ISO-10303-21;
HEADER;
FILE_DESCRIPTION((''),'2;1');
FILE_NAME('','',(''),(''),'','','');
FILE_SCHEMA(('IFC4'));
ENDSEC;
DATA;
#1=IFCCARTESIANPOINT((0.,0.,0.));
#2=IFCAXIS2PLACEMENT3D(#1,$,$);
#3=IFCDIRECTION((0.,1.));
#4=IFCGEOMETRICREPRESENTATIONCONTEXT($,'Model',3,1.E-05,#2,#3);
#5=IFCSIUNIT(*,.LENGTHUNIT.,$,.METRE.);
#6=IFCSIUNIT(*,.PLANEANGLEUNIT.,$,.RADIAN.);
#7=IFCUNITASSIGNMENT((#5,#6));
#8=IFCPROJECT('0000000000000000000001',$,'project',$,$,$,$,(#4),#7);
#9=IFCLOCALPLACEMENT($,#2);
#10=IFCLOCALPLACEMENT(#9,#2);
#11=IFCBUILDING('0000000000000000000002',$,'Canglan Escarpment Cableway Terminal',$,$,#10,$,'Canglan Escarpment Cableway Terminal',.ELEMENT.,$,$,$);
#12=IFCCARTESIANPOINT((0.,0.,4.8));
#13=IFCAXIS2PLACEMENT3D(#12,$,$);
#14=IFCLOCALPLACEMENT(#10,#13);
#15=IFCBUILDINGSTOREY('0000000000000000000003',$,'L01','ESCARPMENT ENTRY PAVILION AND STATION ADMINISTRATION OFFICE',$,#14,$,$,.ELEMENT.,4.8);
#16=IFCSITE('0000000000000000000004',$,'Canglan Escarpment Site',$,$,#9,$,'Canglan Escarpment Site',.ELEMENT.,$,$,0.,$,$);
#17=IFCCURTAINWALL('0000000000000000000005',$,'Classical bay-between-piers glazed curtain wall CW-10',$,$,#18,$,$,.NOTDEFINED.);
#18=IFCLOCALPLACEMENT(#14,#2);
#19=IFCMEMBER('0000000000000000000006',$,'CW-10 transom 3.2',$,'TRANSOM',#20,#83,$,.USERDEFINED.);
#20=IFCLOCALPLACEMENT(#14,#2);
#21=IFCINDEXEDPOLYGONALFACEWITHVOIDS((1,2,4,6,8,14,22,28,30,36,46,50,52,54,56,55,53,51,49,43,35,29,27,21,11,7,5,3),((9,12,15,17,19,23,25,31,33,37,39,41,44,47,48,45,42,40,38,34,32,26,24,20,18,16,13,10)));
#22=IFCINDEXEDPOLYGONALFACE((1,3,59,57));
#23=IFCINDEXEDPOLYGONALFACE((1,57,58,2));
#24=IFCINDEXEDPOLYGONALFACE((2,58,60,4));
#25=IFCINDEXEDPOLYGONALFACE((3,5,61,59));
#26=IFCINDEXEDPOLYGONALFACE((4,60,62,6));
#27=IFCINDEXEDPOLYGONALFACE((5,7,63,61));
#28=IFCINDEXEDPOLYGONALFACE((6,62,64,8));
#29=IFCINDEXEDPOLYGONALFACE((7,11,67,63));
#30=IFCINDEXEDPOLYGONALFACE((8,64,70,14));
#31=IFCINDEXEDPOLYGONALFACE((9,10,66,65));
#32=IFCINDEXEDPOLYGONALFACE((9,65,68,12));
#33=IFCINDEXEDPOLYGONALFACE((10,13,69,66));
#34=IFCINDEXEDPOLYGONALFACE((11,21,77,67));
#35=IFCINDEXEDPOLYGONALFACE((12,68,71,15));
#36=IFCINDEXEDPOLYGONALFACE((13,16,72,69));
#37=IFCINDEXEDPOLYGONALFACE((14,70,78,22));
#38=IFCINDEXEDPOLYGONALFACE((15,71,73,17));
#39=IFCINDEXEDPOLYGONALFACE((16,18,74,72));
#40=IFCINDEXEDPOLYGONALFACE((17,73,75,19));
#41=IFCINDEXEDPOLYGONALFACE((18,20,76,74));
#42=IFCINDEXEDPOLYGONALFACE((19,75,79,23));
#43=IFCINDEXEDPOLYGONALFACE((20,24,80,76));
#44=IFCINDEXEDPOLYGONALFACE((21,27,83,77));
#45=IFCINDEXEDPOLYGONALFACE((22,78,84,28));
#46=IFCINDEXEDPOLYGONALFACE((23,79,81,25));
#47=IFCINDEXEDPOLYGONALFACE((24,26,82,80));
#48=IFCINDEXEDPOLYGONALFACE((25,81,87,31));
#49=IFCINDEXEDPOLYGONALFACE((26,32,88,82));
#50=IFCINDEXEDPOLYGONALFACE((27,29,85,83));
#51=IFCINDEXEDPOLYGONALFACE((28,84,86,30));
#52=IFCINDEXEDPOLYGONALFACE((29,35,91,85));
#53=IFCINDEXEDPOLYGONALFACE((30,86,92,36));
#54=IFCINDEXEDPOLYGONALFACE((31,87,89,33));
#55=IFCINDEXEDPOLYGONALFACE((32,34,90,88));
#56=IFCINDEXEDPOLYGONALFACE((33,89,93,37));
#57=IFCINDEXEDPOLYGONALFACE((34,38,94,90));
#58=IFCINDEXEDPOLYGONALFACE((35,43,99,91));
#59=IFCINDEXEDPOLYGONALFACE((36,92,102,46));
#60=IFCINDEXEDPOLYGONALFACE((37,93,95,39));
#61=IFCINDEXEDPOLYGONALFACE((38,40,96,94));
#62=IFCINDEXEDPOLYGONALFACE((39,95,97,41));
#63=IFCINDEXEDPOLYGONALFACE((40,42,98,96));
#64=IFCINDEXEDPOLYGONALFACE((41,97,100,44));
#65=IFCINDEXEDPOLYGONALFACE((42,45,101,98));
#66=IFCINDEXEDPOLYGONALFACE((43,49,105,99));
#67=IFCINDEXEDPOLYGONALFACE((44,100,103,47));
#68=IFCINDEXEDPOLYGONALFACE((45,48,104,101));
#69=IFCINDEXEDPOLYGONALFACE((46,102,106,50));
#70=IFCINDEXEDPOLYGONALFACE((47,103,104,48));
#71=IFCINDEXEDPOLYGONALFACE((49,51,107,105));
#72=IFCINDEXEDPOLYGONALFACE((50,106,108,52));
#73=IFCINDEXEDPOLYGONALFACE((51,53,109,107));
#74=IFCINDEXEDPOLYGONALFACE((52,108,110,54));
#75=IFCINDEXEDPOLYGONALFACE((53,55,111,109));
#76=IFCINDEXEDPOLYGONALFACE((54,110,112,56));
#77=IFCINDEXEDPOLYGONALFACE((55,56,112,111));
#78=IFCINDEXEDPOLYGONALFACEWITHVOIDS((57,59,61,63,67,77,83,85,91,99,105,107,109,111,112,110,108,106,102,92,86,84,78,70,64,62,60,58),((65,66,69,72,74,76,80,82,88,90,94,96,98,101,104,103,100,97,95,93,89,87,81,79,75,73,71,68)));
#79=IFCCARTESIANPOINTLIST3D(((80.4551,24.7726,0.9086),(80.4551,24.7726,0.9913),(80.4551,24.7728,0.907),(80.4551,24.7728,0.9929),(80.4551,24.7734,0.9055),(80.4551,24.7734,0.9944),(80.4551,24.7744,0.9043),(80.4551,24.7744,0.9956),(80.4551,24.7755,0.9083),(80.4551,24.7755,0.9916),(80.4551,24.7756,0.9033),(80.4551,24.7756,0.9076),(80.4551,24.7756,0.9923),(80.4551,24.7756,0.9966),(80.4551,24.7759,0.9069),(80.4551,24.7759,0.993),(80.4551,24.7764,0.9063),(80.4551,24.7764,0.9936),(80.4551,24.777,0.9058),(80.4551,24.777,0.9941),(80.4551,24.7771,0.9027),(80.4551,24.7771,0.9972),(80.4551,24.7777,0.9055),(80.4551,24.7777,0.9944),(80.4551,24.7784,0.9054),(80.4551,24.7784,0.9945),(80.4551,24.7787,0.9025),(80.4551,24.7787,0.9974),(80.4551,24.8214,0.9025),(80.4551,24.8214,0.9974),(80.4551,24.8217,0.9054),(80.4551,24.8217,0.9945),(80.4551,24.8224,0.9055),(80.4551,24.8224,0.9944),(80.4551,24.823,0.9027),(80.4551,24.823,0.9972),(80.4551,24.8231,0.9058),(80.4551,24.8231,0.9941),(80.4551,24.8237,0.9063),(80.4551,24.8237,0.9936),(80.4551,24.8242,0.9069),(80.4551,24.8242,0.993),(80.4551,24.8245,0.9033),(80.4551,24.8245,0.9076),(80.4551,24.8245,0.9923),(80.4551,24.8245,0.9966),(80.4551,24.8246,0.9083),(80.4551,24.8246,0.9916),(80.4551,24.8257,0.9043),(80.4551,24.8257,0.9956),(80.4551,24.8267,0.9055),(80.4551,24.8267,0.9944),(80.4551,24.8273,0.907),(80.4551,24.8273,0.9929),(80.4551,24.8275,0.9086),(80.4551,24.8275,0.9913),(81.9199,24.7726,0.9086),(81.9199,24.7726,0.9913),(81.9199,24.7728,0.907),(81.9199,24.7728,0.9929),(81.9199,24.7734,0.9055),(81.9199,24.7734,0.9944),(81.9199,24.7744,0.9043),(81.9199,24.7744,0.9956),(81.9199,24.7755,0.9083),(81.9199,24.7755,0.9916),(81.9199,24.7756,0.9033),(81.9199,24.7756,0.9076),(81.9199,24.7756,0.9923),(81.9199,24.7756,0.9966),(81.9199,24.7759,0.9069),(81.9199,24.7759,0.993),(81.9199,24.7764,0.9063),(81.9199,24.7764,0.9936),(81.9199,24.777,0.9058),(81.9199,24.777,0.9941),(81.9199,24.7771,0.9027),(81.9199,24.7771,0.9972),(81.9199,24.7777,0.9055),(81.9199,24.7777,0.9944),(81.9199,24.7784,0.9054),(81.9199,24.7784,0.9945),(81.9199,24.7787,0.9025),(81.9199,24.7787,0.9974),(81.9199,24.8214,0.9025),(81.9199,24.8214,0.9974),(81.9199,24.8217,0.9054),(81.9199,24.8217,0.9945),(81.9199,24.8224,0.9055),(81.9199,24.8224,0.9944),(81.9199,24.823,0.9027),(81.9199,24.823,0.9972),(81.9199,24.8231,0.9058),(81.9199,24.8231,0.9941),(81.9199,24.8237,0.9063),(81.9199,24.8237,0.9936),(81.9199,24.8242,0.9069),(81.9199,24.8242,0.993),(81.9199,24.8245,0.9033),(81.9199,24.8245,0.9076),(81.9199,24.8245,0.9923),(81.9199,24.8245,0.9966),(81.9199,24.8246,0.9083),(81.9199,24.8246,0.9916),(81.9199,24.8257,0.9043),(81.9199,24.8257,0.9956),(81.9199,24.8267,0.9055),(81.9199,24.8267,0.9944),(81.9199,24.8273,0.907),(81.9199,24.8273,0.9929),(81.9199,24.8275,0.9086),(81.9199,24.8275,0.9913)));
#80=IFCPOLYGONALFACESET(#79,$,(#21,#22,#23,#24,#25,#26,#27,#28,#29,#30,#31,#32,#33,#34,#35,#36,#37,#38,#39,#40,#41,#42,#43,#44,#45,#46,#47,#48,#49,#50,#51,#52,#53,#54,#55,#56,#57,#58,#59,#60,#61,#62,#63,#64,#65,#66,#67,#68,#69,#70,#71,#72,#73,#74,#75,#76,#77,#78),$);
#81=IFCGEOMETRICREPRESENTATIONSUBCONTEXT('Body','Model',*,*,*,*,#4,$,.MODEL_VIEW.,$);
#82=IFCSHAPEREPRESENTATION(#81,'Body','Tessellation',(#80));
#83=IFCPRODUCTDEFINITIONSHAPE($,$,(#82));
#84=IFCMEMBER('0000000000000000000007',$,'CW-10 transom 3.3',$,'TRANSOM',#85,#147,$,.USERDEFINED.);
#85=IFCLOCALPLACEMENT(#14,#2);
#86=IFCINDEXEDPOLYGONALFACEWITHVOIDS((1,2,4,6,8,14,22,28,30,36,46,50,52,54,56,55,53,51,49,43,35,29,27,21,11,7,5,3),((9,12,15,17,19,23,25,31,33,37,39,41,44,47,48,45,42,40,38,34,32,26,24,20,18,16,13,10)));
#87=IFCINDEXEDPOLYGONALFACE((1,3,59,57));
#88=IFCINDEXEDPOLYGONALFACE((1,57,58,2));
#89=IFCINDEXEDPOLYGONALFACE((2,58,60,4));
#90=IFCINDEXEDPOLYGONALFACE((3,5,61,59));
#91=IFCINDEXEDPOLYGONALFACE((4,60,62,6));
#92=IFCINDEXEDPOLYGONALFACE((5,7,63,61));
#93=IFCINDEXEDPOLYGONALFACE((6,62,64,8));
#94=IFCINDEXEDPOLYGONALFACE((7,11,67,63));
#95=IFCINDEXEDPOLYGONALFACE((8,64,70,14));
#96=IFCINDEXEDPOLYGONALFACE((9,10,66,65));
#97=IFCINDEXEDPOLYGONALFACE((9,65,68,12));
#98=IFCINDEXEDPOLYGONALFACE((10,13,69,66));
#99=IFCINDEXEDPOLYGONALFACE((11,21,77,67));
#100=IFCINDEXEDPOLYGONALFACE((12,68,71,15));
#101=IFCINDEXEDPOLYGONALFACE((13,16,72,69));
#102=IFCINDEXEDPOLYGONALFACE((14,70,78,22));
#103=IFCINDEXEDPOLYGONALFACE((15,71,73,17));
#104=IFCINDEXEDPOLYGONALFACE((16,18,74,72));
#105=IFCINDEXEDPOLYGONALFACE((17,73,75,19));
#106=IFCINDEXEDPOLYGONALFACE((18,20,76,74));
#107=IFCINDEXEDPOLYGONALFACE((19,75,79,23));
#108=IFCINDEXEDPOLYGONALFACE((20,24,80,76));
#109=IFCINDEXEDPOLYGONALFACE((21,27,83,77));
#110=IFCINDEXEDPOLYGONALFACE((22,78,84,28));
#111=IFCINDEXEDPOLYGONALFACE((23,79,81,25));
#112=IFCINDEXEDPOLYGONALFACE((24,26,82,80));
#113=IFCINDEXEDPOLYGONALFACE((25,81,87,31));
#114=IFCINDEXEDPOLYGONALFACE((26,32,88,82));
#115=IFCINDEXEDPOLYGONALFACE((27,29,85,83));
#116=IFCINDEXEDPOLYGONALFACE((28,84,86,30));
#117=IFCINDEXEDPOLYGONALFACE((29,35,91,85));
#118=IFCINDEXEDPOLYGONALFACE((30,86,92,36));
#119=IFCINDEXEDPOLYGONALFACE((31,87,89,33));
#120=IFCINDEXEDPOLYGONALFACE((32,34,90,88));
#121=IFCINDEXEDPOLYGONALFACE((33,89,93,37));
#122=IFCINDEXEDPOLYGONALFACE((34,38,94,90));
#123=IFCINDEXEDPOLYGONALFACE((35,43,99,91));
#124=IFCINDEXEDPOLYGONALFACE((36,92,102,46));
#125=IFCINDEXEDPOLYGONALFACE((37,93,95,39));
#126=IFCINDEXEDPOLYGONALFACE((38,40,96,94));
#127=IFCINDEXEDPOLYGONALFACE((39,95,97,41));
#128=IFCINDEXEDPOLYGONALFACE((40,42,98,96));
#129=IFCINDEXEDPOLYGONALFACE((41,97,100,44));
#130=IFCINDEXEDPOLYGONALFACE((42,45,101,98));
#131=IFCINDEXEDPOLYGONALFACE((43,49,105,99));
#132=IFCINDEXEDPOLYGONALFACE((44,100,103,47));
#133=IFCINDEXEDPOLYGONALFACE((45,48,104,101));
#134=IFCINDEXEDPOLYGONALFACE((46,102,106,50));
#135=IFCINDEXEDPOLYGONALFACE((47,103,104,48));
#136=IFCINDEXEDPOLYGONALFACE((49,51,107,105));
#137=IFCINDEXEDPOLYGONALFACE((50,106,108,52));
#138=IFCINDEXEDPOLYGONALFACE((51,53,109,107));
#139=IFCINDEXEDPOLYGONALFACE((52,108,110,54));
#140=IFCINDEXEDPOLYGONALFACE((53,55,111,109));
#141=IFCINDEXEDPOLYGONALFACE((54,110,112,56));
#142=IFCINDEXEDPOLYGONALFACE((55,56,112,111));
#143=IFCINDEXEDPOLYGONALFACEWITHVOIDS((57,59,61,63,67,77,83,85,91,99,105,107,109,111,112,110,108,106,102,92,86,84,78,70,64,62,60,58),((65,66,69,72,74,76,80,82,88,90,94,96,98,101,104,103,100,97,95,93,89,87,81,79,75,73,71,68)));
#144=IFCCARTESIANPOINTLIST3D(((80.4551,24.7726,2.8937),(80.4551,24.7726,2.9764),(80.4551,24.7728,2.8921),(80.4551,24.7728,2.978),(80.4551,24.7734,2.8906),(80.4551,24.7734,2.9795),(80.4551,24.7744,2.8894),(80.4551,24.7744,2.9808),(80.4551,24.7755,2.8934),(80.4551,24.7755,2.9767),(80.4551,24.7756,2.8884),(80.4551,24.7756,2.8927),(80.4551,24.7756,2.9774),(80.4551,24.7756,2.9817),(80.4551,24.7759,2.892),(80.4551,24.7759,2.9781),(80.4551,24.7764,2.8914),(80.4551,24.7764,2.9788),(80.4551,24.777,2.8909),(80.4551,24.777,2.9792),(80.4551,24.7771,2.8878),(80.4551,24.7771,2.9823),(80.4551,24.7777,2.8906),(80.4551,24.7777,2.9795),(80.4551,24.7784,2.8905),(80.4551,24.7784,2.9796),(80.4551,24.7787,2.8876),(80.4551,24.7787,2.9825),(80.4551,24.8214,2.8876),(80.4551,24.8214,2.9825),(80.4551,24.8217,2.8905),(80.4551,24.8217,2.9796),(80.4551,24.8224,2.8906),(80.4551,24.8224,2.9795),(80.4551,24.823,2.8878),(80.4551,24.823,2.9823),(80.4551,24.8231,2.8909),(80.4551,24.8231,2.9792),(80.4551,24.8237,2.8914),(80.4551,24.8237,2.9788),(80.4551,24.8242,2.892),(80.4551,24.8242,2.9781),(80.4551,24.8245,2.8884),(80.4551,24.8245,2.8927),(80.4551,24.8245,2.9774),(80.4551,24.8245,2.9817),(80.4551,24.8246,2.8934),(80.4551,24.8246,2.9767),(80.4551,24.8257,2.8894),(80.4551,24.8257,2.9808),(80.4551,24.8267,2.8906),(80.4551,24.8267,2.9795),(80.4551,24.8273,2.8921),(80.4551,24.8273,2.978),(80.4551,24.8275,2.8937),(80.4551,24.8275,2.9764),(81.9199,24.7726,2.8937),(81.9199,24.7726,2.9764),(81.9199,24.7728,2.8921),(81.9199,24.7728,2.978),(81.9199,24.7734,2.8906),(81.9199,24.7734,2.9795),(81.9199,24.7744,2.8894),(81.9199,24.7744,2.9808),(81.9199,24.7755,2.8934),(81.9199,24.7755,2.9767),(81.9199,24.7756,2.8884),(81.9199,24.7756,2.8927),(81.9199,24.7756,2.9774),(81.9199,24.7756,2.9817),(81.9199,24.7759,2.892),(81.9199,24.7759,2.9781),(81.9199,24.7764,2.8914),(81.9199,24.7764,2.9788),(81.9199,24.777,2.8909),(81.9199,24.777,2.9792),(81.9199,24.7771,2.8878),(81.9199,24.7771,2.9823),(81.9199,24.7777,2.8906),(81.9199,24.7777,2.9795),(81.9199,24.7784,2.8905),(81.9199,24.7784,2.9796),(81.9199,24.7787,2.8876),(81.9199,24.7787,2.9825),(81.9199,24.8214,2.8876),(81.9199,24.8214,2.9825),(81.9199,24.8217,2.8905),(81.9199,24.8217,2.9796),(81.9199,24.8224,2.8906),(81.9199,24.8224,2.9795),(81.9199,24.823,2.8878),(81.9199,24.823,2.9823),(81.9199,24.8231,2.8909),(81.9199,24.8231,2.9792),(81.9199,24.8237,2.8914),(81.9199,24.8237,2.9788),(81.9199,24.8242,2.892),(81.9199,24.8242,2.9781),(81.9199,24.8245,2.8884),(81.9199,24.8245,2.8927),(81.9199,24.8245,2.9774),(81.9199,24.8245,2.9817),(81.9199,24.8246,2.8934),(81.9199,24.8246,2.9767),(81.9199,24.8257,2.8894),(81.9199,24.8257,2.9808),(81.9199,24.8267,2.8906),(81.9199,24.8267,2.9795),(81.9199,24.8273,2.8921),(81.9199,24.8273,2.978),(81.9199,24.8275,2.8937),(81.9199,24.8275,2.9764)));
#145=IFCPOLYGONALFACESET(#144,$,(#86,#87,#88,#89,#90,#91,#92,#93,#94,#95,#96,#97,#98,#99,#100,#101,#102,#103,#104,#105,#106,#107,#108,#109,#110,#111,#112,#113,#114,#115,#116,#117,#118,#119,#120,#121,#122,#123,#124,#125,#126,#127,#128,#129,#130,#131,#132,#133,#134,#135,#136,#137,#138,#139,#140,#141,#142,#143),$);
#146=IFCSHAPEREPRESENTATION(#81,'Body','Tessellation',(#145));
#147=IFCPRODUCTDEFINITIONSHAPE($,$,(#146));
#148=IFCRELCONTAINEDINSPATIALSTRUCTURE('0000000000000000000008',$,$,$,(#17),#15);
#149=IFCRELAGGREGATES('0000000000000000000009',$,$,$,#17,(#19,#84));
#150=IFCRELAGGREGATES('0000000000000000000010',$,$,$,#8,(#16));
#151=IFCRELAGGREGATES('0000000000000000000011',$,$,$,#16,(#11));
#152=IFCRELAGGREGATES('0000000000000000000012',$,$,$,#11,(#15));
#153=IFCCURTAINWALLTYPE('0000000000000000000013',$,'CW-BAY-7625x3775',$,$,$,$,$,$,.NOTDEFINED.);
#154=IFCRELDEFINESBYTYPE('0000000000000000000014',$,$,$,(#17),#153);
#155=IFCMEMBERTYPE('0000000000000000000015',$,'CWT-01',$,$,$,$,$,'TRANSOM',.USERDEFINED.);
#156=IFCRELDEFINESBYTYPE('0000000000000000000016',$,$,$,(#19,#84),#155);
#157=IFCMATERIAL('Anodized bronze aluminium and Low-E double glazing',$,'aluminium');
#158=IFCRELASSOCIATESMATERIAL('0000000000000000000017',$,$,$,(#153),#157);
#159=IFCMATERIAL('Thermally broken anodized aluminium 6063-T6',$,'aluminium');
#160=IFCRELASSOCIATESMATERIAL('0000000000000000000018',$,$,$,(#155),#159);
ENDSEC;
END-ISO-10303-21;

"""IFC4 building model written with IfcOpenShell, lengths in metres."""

from ifc_helpers import new_model, si_unit, direction, frame, origin, origin_2d, place, context, subcontext, project, spatial, hollow_rectangle, extrude, material, material_profile, profile_set, type_object, element, aggregate, save


model = new_model("IFC4")

# Units and contexts
model_context = context("Model", 3, precision=1e-05, world=origin(), true_north=direction((0.0, 1.0)))
body_context = subcontext(model_context, "Body", "Model", "MODEL_VIEW")
ifc_project = project(units=[si_unit("LENGTHUNIT", "METRE"), si_unit("PLANEANGLEUNIT", "RADIAN")], contexts=[model_context])

# Site, building, storey
site_placement = place(None, origin())
site = spatial("IfcSite", under=ifc_project, at=site_placement, Name="Canglan Escarpment Site", LongName="Canglan Escarpment Site", CompositionType="ELEMENT", RefElevation=0.0)
building_placement = place(site_placement, origin())
building = spatial("IfcBuilding", under=site, at=building_placement, Name="Canglan Escarpment Cableway Terminal", LongName="Canglan Escarpment Cableway Terminal", CompositionType="ELEMENT")
storey_placement = place(building_placement, frame((0.0, 0.0, 4.8)))
storey = spatial("IfcBuildingStorey", under=building, at=storey_placement, Name="L01", Description="ESCARPMENT ENTRY PAVILION AND STATION ADMINISTRATION OFFICE", CompositionType="ELEMENT", Elevation=4.8)

# Curtain wall, members
ifc_material_1 = material(Name="Anodized bronze aluminium and Low-E double glazing", Category="aluminium")
curtain_wall_type = type_object("IfcCurtainWallType", Name="CW-BAY-7625x3775", PredefinedType="NOTDEFINED", material=ifc_material_1)
curtain_wall_placement = place(storey_placement, origin())
curtain_wall = element("IfcCurtainWall", 1, at=curtain_wall_placement, inside=storey, type_object=curtain_wall_type, Name="Classical bay-between-piers glazed curtain wall CW-10", PredefinedType="NOTDEFINED")
ifc_material_2 = material(Name="Thermally broken anodized aluminium 6063-T6", Category="aluminium")
ifc_material_profile_1 = material_profile(ifc_material_2, hollow_rectangle(XDim=0.0549, YDim=0.095, WallThickness=0.0029, InnerFilletRadius=0.0029, OuterFilletRadius=0.0061, at=origin_2d()), Name="ALU-TRAN 55x95x3")
ifc_profile_set_1 = profile_set([ifc_material_profile_1], Name="Thermally broken anodized aluminium 6063-T6")
member_type_1 = type_object("IfcMemberType", Name="CWT-01", ElementType="TRANSOM", PredefinedType="USERDEFINED", material=ifc_profile_set_1)
member_1_placement = place(storey_placement, frame((81.9199, 24.8, 0.95), z_axis=(-1.0, 0.0, 0.0), x_axis=(0.0, -1.0, 0.0)))
member_1 = element("IfcMember", 2, at=member_1_placement, type_object=member_type_1, Name="CW-10 transom 3.2", ObjectType="TRANSOM", PredefinedType="USERDEFINED", context=body_context, shape_type="SweptSolid", body=[
    extrude(hollow_rectangle(XDim=0.0549, YDim=0.095, WallThickness=0.0029, InnerFilletRadius=0.0029, OuterFilletRadius=0.0061, at=origin_2d()), origin(), (0.0, 0.0, 1.0), 1.4648),
])
member_2_placement = place(storey_placement, frame((81.9199, 24.8, 2.9351), z_axis=(-1.0, 0.0, 0.0), x_axis=(0.0, -1.0, 0.0)))
member_2 = element("IfcMember", 3, at=member_2_placement, type_object=member_type_1, Name="CW-10 transom 3.3", ObjectType="TRANSOM", PredefinedType="USERDEFINED", context=body_context, shape_type="SweptSolid", body=[
    extrude(hollow_rectangle(XDim=0.0549, YDim=0.095, WallThickness=0.0029, InnerFilletRadius=0.0029, OuterFilletRadius=0.0061, at=origin_2d()), origin(), (0.0, 0.0, 1.0), 1.4648),
])
aggregate(curtain_wall, [member_1, member_2])

save(model, "model.ifc")
